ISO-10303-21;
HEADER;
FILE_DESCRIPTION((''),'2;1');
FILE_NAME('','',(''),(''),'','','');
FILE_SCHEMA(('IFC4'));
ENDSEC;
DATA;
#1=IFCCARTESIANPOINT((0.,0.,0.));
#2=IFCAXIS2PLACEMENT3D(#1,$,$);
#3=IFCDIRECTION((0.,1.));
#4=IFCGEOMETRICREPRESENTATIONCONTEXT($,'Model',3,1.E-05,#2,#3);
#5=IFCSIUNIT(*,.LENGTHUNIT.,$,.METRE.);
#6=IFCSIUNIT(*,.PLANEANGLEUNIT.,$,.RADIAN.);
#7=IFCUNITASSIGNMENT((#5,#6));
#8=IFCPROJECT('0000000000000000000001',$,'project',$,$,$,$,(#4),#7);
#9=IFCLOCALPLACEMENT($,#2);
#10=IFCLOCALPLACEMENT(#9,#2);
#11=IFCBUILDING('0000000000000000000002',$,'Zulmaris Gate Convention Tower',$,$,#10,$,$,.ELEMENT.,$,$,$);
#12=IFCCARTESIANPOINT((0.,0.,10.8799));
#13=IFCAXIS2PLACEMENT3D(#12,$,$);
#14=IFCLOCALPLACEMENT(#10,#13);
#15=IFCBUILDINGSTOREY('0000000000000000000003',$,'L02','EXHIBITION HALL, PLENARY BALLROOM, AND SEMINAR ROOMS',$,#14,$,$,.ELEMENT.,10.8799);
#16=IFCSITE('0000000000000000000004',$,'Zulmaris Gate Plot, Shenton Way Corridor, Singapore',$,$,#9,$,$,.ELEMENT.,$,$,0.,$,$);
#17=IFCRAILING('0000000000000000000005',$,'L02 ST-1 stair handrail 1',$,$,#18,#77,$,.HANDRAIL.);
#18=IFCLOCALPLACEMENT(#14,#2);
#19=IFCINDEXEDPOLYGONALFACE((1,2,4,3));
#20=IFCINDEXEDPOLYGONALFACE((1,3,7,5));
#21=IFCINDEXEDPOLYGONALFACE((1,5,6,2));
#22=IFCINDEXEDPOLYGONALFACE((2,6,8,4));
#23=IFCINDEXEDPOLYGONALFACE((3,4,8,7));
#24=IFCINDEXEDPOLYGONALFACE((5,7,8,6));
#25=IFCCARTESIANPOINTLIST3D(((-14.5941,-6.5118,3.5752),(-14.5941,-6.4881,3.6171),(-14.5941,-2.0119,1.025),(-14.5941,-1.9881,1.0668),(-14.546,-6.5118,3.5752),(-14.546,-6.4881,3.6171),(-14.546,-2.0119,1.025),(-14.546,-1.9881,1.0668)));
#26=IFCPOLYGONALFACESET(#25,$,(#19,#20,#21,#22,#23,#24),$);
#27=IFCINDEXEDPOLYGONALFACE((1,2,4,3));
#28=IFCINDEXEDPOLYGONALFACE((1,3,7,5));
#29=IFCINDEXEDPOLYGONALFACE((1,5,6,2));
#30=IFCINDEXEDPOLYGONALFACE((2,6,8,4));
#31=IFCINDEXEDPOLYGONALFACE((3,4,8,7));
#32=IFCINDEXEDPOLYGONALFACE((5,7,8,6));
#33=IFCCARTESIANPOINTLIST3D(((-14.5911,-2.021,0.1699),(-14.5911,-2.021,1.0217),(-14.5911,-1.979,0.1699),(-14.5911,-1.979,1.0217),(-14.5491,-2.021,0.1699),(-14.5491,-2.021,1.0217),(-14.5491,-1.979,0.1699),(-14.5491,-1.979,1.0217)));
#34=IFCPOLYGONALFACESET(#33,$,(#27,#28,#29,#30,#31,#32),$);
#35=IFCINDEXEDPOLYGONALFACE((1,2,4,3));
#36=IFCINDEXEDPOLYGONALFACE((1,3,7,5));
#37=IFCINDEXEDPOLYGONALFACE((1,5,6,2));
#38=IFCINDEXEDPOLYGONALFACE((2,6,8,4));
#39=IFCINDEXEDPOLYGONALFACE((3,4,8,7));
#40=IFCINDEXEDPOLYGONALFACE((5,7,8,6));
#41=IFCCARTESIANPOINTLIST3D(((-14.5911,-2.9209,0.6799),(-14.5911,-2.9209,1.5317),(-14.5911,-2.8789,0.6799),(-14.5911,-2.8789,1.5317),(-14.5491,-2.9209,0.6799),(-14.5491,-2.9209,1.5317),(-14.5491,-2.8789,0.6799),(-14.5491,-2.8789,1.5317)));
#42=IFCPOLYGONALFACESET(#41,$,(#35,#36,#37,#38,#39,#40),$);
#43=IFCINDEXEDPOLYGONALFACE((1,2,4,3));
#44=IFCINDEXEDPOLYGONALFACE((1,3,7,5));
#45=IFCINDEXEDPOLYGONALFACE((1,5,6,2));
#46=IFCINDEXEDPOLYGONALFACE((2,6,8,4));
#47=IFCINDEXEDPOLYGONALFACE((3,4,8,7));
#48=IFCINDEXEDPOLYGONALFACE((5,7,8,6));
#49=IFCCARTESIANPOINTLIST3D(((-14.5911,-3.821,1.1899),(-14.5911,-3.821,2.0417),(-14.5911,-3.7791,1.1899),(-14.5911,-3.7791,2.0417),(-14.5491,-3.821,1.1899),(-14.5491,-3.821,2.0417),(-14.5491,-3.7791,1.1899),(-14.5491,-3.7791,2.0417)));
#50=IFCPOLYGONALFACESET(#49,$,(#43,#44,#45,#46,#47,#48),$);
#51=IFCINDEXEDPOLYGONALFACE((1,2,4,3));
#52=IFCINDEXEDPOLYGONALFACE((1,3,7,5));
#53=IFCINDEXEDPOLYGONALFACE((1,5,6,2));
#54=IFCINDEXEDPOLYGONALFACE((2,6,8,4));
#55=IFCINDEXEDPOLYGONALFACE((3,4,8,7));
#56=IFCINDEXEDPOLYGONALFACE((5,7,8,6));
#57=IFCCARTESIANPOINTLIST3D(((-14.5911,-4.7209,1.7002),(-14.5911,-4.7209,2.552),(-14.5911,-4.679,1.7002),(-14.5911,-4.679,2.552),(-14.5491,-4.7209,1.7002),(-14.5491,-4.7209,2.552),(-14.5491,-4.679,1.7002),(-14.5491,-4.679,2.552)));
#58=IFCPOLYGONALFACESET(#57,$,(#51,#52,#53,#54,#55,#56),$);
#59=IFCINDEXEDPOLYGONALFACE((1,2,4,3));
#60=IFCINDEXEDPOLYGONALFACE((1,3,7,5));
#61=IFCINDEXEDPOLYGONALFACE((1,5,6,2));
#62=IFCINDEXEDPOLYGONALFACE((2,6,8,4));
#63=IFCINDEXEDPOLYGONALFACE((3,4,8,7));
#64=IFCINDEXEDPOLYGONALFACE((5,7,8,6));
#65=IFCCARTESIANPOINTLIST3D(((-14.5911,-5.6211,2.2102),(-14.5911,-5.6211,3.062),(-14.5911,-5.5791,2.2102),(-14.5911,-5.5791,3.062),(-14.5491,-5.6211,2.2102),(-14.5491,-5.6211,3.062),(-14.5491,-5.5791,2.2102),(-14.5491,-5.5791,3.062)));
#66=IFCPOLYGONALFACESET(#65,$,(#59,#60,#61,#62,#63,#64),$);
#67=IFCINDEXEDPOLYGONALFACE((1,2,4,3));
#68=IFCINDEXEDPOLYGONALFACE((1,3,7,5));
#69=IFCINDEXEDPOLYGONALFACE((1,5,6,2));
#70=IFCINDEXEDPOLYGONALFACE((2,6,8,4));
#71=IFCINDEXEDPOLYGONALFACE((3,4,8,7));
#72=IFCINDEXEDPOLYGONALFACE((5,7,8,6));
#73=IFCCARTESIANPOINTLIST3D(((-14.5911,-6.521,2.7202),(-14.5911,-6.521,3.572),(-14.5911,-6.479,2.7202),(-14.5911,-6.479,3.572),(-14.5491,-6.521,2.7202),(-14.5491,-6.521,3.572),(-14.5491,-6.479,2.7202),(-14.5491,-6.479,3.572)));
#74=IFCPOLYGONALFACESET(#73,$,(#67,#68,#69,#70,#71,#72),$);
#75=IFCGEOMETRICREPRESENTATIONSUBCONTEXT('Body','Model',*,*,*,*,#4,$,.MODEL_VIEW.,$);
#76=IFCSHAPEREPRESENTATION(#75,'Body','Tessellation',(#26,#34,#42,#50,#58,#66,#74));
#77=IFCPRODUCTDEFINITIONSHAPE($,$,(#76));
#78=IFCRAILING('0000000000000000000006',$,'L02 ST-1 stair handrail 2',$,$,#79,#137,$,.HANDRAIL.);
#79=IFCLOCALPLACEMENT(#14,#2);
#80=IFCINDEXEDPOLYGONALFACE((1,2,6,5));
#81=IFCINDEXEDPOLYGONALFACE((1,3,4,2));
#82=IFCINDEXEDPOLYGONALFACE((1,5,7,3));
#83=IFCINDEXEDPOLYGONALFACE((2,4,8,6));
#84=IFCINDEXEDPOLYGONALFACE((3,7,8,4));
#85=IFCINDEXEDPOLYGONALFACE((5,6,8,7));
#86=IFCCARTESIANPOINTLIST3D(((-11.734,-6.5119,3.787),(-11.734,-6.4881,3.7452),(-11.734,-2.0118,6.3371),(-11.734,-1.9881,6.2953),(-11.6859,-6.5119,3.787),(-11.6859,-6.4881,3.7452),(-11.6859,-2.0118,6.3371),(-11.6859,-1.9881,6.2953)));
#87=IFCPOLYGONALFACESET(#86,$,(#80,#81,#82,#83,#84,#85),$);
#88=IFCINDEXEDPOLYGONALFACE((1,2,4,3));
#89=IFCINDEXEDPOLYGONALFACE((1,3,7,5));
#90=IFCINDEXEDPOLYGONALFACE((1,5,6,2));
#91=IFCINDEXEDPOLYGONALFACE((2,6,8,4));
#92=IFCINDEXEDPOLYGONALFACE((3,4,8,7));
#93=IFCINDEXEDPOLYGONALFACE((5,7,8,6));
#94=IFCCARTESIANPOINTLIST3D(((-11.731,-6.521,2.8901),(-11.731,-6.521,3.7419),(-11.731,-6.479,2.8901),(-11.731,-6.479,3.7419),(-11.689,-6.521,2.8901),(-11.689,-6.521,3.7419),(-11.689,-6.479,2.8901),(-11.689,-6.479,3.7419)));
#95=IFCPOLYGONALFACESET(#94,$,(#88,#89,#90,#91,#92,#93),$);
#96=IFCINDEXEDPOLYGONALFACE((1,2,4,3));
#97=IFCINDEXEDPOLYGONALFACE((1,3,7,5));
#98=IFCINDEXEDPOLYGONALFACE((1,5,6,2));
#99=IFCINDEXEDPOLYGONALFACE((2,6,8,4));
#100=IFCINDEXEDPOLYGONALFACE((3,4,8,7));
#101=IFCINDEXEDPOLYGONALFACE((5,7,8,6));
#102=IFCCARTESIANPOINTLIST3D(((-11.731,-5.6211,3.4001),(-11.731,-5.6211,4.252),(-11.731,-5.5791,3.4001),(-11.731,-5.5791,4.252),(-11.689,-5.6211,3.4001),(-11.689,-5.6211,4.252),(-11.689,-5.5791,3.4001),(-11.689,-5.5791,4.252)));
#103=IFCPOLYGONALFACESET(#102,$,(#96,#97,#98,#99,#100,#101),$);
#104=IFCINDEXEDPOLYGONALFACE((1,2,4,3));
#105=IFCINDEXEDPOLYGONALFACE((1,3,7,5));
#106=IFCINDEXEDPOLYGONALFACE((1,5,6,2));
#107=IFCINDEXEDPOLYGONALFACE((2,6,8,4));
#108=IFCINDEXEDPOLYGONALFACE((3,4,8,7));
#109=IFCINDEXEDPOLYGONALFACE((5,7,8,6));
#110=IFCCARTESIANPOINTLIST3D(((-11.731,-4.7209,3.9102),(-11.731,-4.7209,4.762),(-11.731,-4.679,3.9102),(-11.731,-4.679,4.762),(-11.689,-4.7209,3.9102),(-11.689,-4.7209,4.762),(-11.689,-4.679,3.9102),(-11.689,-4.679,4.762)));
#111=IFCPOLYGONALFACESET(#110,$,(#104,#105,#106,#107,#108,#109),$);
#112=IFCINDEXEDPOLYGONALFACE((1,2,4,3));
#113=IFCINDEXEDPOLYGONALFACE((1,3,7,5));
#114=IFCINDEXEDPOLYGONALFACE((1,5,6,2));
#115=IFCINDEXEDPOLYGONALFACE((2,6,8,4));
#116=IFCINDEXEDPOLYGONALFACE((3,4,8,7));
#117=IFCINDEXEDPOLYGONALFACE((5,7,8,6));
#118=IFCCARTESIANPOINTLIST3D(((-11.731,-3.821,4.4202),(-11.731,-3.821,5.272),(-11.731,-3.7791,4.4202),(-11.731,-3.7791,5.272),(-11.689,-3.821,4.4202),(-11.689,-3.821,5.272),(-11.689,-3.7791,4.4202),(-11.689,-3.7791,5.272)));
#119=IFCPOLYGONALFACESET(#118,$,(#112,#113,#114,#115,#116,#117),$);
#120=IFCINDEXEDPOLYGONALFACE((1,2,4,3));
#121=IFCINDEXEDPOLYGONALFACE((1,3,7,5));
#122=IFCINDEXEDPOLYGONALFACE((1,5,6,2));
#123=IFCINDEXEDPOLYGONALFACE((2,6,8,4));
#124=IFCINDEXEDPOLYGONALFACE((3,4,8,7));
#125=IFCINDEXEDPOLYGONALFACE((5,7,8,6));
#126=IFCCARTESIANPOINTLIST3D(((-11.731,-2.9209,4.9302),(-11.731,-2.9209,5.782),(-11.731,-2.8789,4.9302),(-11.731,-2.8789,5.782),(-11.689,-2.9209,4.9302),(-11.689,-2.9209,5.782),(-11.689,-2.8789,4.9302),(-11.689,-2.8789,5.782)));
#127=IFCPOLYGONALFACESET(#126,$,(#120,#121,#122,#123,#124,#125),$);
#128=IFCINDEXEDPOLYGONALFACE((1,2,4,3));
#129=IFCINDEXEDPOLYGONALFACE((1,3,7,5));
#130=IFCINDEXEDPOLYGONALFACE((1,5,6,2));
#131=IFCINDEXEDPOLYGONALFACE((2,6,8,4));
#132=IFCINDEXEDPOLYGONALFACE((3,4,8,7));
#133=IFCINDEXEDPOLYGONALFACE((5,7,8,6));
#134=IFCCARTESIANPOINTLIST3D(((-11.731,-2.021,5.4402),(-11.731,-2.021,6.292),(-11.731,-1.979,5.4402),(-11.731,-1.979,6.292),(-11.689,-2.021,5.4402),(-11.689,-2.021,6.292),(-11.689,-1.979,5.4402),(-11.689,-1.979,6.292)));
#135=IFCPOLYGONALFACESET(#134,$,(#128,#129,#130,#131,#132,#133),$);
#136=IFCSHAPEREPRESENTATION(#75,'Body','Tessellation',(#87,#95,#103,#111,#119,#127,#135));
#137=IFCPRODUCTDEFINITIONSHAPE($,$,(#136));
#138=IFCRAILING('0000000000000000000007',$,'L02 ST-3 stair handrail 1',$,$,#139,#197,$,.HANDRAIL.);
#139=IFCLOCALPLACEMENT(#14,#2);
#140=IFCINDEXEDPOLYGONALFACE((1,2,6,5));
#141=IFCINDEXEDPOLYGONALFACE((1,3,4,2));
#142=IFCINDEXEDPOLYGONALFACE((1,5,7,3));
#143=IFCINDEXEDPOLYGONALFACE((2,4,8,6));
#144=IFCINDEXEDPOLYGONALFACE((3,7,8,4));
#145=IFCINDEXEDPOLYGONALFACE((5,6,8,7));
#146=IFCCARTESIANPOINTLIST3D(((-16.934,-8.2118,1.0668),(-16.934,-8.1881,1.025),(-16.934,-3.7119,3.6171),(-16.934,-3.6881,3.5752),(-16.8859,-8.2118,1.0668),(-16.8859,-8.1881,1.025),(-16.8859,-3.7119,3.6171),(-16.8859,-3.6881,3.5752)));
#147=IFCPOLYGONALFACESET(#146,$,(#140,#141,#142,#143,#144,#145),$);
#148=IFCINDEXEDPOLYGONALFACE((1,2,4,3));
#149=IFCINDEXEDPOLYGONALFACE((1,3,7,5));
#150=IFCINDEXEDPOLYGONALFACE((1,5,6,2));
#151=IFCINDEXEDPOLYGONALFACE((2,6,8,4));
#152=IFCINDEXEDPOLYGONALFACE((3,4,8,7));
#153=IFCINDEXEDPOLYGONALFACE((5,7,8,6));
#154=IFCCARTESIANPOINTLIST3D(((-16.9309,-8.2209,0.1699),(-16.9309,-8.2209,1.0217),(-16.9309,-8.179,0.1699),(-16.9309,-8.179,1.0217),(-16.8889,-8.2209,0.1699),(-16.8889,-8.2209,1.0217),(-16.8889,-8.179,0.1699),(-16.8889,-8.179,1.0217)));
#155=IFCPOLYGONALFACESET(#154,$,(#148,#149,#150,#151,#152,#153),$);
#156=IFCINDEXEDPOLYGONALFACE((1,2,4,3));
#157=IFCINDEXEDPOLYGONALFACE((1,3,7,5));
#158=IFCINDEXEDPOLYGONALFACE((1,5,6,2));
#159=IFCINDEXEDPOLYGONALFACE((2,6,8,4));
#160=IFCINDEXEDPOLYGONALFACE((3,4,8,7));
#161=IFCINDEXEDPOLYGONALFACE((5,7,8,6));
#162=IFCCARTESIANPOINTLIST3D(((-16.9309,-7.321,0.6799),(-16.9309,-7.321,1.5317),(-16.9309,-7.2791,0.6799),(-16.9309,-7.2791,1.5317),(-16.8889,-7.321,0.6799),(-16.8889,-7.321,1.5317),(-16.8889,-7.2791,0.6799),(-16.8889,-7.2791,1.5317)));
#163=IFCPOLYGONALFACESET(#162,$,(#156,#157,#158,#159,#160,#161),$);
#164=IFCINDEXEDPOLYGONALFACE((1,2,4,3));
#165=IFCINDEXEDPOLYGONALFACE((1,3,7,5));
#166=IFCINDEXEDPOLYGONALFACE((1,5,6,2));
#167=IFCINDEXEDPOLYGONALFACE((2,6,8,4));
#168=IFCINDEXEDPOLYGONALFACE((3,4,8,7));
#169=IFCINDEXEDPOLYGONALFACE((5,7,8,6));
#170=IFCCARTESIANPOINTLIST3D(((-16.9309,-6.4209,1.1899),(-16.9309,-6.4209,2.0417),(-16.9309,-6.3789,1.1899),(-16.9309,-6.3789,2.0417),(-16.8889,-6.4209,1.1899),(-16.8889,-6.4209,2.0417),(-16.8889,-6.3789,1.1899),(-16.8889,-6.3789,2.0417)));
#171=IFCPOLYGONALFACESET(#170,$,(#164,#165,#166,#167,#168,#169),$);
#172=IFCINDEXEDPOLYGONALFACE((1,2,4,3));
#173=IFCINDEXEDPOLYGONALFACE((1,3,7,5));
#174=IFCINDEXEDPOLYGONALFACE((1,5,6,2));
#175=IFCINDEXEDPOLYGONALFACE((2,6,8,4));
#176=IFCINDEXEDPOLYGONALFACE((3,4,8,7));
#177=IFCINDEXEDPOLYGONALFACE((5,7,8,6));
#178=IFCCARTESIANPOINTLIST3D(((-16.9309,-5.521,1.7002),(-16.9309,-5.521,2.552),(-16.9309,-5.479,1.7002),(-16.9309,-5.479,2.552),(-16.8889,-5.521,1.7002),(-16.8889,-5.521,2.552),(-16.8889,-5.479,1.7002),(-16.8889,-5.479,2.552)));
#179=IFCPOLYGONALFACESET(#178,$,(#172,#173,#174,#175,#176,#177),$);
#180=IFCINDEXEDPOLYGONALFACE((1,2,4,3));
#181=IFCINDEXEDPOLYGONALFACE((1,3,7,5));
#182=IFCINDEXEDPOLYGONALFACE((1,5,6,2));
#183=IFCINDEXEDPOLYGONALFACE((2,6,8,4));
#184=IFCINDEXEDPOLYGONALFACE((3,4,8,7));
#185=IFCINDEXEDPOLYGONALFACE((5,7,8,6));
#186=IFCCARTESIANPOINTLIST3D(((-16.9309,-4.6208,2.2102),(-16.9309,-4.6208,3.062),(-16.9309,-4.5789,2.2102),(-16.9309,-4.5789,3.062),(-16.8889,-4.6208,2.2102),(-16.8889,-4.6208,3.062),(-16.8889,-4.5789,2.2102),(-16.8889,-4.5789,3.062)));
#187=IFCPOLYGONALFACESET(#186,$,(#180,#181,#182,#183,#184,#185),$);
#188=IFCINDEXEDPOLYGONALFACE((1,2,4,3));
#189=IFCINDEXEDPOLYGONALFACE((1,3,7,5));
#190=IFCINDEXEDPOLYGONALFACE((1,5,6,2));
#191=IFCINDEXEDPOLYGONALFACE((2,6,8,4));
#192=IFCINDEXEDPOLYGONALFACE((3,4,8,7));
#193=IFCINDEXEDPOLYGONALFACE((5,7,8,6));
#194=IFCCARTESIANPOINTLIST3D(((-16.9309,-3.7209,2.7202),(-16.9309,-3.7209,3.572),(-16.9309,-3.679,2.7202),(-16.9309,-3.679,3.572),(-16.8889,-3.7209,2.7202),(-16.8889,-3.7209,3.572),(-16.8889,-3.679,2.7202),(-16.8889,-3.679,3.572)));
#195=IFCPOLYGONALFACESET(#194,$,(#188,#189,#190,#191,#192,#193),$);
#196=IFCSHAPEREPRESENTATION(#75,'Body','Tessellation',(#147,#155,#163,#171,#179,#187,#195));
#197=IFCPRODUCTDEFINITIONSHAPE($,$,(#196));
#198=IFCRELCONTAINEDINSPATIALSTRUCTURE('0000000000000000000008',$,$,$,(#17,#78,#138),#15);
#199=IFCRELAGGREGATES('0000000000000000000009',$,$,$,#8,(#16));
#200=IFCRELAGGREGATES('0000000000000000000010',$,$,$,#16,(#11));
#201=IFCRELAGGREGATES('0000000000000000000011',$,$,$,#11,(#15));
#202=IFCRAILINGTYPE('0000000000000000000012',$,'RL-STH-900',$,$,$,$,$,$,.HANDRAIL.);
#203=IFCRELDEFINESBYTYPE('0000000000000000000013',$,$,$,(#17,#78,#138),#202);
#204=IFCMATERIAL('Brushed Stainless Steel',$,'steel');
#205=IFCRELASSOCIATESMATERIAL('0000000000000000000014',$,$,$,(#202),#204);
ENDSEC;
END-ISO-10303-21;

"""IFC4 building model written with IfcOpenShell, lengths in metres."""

from ifc_helpers import new_model, si_unit, direction, frame, origin, origin_2d, place, context, subcontext, project, spatial, rectangle, extrude, material, type_object, element, save


model = new_model("IFC4")

# Units and contexts
model_context = context("Model", 3, precision=1e-05, world=origin(), true_north=direction((0.0, 1.0)))
body_context = subcontext(model_context, "Body", "Model", "MODEL_VIEW")
ifc_project = project(units=[si_unit("LENGTHUNIT", "METRE"), si_unit("PLANEANGLEUNIT", "RADIAN")], contexts=[model_context])

# Site, building, storey
site_placement = place(None, origin())
site = spatial("IfcSite", under=ifc_project, at=site_placement, Name="Zulmaris Gate Plot, Shenton Way Corridor, Singapore", CompositionType="ELEMENT", RefElevation=0.0)
building_placement = place(site_placement, origin())
building = spatial("IfcBuilding", under=site, at=building_placement, Name="Zulmaris Gate Convention Tower", CompositionType="ELEMENT")
storey_placement = place(building_placement, frame((0.0, 0.0, 10.8799)))
storey = spatial("IfcBuildingStorey", under=building, at=storey_placement, Name="L02", Description="EXHIBITION HALL, PLENARY BALLROOM, AND SEMINAR ROOMS", CompositionType="ELEMENT", Elevation=10.8799)

# Shared definitions
ifc_material_1 = material(Name="Brushed Stainless Steel", Category="steel")

# Railings
railing_type_1 = type_object("IfcRailingType", Name="RL-STH-900", PredefinedType="HANDRAIL", material=ifc_material_1)
railing_1_placement = place(storey_placement, frame((-14.5701, -2.0, 0.1699)))
element("IfcRailing", 1, at=railing_1_placement, inside=storey, type_object=railing_type_1, Name="L02 ST-1 stair handrail 1", PredefinedType="HANDRAIL", context=body_context, shape_type="SweptSolid", body=[
    extrude(rectangle(XDim=0.0481, YDim=0.0481, at=origin_2d()), frame((0.0, 0.0, 0.876), z_axis=(0.0, -0.869998, 0.493055), x_axis=(1.0, 0.0, 0.0)), (0.0, 0.0, 1.0), 5.1724),
    extrude(rectangle(XDim=0.042, YDim=0.042, at=origin_2d()), origin(), (0.0, 0.0, 1.0), 0.8518),
    extrude(rectangle(XDim=0.042, YDim=0.042, at=origin_2d()), frame((0.0, -0.8999, 0.51)), (0.0, 0.0, 1.0), 0.8518),
    extrude(rectangle(XDim=0.042, YDim=0.042, at=origin_2d()), frame((0.0, -1.8, 1.02)), (0.0, 0.0, 1.0), 0.8518),
    extrude(rectangle(XDim=0.042, YDim=0.042, at=origin_2d()), frame((0.0, -2.7, 1.5303)), (0.0, 0.0, 1.0), 0.8518),
    extrude(rectangle(XDim=0.042, YDim=0.042, at=origin_2d()), frame((0.0, -3.6001, 2.0403)), (0.0, 0.0, 1.0), 0.8518),
    extrude(rectangle(XDim=0.042, YDim=0.042, at=origin_2d()), frame((0.0, -4.5, 2.5503)), (0.0, 0.0, 1.0), 0.8518),
])
railing_2_placement = place(storey_placement, frame((-11.71, -6.5, 2.8901)))
element("IfcRailing", 2, at=railing_2_placement, inside=storey, type_object=railing_type_1, Name="L02 ST-1 stair handrail 2", PredefinedType="HANDRAIL", context=body_context, shape_type="SweptSolid", body=[
    extrude(rectangle(XDim=0.0481, YDim=0.0481, at=origin_2d()), frame((0.0, 0.0, 0.876), z_axis=(0.0, 0.870018, 0.49302), x_axis=(-1.0, 0.0, 0.0)), (0.0, 0.0, 1.0), 5.1724),
    extrude(rectangle(XDim=0.042, YDim=0.042, at=origin_2d()), origin(), (0.0, 0.0, 1.0), 0.8518),
    extrude(rectangle(XDim=0.042, YDim=0.042, at=origin_2d()), frame((0.0, 0.8999, 0.51)), (0.0, 0.0, 1.0), 0.8518),
    extrude(rectangle(XDim=0.042, YDim=0.042, at=origin_2d()), frame((0.0, 1.8, 1.02)), (0.0, 0.0, 1.0), 0.8518),
    extrude(rectangle(XDim=0.042, YDim=0.042, at=origin_2d()), frame((0.0, 2.7, 1.53)), (0.0, 0.0, 1.0), 0.8518),
    extrude(rectangle(XDim=0.042, YDim=0.042, at=origin_2d()), frame((0.0, 3.6001, 2.04)), (0.0, 0.0, 1.0), 0.8518),
    extrude(rectangle(XDim=0.042, YDim=0.042, at=origin_2d()), frame((0.0, 4.5, 2.55)), (0.0, 0.0, 1.0), 0.8518),
])
railing_3_placement = place(storey_placement, frame((-16.9099, -8.2, 0.1699)))
element("IfcRailing", 3, at=railing_3_placement, inside=storey, type_object=railing_type_1, Name="L02 ST-3 stair handrail 1", PredefinedType="HANDRAIL", context=body_context, shape_type="SweptSolid", body=[
    extrude(rectangle(XDim=0.0481, YDim=0.0481, at=origin_2d()), frame((0.0, 0.0, 0.876), z_axis=(0.0, 0.869998, 0.493055), x_axis=(-1.0, 0.0, 0.0)), (0.0, 0.0, 1.0), 5.1724),
    extrude(rectangle(XDim=0.042, YDim=0.042, at=origin_2d()), origin(), (0.0, 0.0, 1.0), 0.8518),
    extrude(rectangle(XDim=0.042, YDim=0.042, at=origin_2d()), frame((0.0, 0.8999, 0.51)), (0.0, 0.0, 1.0), 0.8518),
    extrude(rectangle(XDim=0.042, YDim=0.042, at=origin_2d()), frame((0.0, 1.8, 1.02)), (0.0, 0.0, 1.0), 0.8518),
    extrude(rectangle(XDim=0.042, YDim=0.042, at=origin_2d()), frame((0.0, 2.7, 1.5303)), (0.0, 0.0, 1.0), 0.8518),
    extrude(rectangle(XDim=0.042, YDim=0.042, at=origin_2d()), frame((0.0, 3.6001, 2.0403)), (0.0, 0.0, 1.0), 0.8518),
    extrude(rectangle(XDim=0.042, YDim=0.042, at=origin_2d()), frame((0.0, 4.5, 2.5503)), (0.0, 0.0, 1.0), 0.8518),
])

save(model, "model.ifc")
